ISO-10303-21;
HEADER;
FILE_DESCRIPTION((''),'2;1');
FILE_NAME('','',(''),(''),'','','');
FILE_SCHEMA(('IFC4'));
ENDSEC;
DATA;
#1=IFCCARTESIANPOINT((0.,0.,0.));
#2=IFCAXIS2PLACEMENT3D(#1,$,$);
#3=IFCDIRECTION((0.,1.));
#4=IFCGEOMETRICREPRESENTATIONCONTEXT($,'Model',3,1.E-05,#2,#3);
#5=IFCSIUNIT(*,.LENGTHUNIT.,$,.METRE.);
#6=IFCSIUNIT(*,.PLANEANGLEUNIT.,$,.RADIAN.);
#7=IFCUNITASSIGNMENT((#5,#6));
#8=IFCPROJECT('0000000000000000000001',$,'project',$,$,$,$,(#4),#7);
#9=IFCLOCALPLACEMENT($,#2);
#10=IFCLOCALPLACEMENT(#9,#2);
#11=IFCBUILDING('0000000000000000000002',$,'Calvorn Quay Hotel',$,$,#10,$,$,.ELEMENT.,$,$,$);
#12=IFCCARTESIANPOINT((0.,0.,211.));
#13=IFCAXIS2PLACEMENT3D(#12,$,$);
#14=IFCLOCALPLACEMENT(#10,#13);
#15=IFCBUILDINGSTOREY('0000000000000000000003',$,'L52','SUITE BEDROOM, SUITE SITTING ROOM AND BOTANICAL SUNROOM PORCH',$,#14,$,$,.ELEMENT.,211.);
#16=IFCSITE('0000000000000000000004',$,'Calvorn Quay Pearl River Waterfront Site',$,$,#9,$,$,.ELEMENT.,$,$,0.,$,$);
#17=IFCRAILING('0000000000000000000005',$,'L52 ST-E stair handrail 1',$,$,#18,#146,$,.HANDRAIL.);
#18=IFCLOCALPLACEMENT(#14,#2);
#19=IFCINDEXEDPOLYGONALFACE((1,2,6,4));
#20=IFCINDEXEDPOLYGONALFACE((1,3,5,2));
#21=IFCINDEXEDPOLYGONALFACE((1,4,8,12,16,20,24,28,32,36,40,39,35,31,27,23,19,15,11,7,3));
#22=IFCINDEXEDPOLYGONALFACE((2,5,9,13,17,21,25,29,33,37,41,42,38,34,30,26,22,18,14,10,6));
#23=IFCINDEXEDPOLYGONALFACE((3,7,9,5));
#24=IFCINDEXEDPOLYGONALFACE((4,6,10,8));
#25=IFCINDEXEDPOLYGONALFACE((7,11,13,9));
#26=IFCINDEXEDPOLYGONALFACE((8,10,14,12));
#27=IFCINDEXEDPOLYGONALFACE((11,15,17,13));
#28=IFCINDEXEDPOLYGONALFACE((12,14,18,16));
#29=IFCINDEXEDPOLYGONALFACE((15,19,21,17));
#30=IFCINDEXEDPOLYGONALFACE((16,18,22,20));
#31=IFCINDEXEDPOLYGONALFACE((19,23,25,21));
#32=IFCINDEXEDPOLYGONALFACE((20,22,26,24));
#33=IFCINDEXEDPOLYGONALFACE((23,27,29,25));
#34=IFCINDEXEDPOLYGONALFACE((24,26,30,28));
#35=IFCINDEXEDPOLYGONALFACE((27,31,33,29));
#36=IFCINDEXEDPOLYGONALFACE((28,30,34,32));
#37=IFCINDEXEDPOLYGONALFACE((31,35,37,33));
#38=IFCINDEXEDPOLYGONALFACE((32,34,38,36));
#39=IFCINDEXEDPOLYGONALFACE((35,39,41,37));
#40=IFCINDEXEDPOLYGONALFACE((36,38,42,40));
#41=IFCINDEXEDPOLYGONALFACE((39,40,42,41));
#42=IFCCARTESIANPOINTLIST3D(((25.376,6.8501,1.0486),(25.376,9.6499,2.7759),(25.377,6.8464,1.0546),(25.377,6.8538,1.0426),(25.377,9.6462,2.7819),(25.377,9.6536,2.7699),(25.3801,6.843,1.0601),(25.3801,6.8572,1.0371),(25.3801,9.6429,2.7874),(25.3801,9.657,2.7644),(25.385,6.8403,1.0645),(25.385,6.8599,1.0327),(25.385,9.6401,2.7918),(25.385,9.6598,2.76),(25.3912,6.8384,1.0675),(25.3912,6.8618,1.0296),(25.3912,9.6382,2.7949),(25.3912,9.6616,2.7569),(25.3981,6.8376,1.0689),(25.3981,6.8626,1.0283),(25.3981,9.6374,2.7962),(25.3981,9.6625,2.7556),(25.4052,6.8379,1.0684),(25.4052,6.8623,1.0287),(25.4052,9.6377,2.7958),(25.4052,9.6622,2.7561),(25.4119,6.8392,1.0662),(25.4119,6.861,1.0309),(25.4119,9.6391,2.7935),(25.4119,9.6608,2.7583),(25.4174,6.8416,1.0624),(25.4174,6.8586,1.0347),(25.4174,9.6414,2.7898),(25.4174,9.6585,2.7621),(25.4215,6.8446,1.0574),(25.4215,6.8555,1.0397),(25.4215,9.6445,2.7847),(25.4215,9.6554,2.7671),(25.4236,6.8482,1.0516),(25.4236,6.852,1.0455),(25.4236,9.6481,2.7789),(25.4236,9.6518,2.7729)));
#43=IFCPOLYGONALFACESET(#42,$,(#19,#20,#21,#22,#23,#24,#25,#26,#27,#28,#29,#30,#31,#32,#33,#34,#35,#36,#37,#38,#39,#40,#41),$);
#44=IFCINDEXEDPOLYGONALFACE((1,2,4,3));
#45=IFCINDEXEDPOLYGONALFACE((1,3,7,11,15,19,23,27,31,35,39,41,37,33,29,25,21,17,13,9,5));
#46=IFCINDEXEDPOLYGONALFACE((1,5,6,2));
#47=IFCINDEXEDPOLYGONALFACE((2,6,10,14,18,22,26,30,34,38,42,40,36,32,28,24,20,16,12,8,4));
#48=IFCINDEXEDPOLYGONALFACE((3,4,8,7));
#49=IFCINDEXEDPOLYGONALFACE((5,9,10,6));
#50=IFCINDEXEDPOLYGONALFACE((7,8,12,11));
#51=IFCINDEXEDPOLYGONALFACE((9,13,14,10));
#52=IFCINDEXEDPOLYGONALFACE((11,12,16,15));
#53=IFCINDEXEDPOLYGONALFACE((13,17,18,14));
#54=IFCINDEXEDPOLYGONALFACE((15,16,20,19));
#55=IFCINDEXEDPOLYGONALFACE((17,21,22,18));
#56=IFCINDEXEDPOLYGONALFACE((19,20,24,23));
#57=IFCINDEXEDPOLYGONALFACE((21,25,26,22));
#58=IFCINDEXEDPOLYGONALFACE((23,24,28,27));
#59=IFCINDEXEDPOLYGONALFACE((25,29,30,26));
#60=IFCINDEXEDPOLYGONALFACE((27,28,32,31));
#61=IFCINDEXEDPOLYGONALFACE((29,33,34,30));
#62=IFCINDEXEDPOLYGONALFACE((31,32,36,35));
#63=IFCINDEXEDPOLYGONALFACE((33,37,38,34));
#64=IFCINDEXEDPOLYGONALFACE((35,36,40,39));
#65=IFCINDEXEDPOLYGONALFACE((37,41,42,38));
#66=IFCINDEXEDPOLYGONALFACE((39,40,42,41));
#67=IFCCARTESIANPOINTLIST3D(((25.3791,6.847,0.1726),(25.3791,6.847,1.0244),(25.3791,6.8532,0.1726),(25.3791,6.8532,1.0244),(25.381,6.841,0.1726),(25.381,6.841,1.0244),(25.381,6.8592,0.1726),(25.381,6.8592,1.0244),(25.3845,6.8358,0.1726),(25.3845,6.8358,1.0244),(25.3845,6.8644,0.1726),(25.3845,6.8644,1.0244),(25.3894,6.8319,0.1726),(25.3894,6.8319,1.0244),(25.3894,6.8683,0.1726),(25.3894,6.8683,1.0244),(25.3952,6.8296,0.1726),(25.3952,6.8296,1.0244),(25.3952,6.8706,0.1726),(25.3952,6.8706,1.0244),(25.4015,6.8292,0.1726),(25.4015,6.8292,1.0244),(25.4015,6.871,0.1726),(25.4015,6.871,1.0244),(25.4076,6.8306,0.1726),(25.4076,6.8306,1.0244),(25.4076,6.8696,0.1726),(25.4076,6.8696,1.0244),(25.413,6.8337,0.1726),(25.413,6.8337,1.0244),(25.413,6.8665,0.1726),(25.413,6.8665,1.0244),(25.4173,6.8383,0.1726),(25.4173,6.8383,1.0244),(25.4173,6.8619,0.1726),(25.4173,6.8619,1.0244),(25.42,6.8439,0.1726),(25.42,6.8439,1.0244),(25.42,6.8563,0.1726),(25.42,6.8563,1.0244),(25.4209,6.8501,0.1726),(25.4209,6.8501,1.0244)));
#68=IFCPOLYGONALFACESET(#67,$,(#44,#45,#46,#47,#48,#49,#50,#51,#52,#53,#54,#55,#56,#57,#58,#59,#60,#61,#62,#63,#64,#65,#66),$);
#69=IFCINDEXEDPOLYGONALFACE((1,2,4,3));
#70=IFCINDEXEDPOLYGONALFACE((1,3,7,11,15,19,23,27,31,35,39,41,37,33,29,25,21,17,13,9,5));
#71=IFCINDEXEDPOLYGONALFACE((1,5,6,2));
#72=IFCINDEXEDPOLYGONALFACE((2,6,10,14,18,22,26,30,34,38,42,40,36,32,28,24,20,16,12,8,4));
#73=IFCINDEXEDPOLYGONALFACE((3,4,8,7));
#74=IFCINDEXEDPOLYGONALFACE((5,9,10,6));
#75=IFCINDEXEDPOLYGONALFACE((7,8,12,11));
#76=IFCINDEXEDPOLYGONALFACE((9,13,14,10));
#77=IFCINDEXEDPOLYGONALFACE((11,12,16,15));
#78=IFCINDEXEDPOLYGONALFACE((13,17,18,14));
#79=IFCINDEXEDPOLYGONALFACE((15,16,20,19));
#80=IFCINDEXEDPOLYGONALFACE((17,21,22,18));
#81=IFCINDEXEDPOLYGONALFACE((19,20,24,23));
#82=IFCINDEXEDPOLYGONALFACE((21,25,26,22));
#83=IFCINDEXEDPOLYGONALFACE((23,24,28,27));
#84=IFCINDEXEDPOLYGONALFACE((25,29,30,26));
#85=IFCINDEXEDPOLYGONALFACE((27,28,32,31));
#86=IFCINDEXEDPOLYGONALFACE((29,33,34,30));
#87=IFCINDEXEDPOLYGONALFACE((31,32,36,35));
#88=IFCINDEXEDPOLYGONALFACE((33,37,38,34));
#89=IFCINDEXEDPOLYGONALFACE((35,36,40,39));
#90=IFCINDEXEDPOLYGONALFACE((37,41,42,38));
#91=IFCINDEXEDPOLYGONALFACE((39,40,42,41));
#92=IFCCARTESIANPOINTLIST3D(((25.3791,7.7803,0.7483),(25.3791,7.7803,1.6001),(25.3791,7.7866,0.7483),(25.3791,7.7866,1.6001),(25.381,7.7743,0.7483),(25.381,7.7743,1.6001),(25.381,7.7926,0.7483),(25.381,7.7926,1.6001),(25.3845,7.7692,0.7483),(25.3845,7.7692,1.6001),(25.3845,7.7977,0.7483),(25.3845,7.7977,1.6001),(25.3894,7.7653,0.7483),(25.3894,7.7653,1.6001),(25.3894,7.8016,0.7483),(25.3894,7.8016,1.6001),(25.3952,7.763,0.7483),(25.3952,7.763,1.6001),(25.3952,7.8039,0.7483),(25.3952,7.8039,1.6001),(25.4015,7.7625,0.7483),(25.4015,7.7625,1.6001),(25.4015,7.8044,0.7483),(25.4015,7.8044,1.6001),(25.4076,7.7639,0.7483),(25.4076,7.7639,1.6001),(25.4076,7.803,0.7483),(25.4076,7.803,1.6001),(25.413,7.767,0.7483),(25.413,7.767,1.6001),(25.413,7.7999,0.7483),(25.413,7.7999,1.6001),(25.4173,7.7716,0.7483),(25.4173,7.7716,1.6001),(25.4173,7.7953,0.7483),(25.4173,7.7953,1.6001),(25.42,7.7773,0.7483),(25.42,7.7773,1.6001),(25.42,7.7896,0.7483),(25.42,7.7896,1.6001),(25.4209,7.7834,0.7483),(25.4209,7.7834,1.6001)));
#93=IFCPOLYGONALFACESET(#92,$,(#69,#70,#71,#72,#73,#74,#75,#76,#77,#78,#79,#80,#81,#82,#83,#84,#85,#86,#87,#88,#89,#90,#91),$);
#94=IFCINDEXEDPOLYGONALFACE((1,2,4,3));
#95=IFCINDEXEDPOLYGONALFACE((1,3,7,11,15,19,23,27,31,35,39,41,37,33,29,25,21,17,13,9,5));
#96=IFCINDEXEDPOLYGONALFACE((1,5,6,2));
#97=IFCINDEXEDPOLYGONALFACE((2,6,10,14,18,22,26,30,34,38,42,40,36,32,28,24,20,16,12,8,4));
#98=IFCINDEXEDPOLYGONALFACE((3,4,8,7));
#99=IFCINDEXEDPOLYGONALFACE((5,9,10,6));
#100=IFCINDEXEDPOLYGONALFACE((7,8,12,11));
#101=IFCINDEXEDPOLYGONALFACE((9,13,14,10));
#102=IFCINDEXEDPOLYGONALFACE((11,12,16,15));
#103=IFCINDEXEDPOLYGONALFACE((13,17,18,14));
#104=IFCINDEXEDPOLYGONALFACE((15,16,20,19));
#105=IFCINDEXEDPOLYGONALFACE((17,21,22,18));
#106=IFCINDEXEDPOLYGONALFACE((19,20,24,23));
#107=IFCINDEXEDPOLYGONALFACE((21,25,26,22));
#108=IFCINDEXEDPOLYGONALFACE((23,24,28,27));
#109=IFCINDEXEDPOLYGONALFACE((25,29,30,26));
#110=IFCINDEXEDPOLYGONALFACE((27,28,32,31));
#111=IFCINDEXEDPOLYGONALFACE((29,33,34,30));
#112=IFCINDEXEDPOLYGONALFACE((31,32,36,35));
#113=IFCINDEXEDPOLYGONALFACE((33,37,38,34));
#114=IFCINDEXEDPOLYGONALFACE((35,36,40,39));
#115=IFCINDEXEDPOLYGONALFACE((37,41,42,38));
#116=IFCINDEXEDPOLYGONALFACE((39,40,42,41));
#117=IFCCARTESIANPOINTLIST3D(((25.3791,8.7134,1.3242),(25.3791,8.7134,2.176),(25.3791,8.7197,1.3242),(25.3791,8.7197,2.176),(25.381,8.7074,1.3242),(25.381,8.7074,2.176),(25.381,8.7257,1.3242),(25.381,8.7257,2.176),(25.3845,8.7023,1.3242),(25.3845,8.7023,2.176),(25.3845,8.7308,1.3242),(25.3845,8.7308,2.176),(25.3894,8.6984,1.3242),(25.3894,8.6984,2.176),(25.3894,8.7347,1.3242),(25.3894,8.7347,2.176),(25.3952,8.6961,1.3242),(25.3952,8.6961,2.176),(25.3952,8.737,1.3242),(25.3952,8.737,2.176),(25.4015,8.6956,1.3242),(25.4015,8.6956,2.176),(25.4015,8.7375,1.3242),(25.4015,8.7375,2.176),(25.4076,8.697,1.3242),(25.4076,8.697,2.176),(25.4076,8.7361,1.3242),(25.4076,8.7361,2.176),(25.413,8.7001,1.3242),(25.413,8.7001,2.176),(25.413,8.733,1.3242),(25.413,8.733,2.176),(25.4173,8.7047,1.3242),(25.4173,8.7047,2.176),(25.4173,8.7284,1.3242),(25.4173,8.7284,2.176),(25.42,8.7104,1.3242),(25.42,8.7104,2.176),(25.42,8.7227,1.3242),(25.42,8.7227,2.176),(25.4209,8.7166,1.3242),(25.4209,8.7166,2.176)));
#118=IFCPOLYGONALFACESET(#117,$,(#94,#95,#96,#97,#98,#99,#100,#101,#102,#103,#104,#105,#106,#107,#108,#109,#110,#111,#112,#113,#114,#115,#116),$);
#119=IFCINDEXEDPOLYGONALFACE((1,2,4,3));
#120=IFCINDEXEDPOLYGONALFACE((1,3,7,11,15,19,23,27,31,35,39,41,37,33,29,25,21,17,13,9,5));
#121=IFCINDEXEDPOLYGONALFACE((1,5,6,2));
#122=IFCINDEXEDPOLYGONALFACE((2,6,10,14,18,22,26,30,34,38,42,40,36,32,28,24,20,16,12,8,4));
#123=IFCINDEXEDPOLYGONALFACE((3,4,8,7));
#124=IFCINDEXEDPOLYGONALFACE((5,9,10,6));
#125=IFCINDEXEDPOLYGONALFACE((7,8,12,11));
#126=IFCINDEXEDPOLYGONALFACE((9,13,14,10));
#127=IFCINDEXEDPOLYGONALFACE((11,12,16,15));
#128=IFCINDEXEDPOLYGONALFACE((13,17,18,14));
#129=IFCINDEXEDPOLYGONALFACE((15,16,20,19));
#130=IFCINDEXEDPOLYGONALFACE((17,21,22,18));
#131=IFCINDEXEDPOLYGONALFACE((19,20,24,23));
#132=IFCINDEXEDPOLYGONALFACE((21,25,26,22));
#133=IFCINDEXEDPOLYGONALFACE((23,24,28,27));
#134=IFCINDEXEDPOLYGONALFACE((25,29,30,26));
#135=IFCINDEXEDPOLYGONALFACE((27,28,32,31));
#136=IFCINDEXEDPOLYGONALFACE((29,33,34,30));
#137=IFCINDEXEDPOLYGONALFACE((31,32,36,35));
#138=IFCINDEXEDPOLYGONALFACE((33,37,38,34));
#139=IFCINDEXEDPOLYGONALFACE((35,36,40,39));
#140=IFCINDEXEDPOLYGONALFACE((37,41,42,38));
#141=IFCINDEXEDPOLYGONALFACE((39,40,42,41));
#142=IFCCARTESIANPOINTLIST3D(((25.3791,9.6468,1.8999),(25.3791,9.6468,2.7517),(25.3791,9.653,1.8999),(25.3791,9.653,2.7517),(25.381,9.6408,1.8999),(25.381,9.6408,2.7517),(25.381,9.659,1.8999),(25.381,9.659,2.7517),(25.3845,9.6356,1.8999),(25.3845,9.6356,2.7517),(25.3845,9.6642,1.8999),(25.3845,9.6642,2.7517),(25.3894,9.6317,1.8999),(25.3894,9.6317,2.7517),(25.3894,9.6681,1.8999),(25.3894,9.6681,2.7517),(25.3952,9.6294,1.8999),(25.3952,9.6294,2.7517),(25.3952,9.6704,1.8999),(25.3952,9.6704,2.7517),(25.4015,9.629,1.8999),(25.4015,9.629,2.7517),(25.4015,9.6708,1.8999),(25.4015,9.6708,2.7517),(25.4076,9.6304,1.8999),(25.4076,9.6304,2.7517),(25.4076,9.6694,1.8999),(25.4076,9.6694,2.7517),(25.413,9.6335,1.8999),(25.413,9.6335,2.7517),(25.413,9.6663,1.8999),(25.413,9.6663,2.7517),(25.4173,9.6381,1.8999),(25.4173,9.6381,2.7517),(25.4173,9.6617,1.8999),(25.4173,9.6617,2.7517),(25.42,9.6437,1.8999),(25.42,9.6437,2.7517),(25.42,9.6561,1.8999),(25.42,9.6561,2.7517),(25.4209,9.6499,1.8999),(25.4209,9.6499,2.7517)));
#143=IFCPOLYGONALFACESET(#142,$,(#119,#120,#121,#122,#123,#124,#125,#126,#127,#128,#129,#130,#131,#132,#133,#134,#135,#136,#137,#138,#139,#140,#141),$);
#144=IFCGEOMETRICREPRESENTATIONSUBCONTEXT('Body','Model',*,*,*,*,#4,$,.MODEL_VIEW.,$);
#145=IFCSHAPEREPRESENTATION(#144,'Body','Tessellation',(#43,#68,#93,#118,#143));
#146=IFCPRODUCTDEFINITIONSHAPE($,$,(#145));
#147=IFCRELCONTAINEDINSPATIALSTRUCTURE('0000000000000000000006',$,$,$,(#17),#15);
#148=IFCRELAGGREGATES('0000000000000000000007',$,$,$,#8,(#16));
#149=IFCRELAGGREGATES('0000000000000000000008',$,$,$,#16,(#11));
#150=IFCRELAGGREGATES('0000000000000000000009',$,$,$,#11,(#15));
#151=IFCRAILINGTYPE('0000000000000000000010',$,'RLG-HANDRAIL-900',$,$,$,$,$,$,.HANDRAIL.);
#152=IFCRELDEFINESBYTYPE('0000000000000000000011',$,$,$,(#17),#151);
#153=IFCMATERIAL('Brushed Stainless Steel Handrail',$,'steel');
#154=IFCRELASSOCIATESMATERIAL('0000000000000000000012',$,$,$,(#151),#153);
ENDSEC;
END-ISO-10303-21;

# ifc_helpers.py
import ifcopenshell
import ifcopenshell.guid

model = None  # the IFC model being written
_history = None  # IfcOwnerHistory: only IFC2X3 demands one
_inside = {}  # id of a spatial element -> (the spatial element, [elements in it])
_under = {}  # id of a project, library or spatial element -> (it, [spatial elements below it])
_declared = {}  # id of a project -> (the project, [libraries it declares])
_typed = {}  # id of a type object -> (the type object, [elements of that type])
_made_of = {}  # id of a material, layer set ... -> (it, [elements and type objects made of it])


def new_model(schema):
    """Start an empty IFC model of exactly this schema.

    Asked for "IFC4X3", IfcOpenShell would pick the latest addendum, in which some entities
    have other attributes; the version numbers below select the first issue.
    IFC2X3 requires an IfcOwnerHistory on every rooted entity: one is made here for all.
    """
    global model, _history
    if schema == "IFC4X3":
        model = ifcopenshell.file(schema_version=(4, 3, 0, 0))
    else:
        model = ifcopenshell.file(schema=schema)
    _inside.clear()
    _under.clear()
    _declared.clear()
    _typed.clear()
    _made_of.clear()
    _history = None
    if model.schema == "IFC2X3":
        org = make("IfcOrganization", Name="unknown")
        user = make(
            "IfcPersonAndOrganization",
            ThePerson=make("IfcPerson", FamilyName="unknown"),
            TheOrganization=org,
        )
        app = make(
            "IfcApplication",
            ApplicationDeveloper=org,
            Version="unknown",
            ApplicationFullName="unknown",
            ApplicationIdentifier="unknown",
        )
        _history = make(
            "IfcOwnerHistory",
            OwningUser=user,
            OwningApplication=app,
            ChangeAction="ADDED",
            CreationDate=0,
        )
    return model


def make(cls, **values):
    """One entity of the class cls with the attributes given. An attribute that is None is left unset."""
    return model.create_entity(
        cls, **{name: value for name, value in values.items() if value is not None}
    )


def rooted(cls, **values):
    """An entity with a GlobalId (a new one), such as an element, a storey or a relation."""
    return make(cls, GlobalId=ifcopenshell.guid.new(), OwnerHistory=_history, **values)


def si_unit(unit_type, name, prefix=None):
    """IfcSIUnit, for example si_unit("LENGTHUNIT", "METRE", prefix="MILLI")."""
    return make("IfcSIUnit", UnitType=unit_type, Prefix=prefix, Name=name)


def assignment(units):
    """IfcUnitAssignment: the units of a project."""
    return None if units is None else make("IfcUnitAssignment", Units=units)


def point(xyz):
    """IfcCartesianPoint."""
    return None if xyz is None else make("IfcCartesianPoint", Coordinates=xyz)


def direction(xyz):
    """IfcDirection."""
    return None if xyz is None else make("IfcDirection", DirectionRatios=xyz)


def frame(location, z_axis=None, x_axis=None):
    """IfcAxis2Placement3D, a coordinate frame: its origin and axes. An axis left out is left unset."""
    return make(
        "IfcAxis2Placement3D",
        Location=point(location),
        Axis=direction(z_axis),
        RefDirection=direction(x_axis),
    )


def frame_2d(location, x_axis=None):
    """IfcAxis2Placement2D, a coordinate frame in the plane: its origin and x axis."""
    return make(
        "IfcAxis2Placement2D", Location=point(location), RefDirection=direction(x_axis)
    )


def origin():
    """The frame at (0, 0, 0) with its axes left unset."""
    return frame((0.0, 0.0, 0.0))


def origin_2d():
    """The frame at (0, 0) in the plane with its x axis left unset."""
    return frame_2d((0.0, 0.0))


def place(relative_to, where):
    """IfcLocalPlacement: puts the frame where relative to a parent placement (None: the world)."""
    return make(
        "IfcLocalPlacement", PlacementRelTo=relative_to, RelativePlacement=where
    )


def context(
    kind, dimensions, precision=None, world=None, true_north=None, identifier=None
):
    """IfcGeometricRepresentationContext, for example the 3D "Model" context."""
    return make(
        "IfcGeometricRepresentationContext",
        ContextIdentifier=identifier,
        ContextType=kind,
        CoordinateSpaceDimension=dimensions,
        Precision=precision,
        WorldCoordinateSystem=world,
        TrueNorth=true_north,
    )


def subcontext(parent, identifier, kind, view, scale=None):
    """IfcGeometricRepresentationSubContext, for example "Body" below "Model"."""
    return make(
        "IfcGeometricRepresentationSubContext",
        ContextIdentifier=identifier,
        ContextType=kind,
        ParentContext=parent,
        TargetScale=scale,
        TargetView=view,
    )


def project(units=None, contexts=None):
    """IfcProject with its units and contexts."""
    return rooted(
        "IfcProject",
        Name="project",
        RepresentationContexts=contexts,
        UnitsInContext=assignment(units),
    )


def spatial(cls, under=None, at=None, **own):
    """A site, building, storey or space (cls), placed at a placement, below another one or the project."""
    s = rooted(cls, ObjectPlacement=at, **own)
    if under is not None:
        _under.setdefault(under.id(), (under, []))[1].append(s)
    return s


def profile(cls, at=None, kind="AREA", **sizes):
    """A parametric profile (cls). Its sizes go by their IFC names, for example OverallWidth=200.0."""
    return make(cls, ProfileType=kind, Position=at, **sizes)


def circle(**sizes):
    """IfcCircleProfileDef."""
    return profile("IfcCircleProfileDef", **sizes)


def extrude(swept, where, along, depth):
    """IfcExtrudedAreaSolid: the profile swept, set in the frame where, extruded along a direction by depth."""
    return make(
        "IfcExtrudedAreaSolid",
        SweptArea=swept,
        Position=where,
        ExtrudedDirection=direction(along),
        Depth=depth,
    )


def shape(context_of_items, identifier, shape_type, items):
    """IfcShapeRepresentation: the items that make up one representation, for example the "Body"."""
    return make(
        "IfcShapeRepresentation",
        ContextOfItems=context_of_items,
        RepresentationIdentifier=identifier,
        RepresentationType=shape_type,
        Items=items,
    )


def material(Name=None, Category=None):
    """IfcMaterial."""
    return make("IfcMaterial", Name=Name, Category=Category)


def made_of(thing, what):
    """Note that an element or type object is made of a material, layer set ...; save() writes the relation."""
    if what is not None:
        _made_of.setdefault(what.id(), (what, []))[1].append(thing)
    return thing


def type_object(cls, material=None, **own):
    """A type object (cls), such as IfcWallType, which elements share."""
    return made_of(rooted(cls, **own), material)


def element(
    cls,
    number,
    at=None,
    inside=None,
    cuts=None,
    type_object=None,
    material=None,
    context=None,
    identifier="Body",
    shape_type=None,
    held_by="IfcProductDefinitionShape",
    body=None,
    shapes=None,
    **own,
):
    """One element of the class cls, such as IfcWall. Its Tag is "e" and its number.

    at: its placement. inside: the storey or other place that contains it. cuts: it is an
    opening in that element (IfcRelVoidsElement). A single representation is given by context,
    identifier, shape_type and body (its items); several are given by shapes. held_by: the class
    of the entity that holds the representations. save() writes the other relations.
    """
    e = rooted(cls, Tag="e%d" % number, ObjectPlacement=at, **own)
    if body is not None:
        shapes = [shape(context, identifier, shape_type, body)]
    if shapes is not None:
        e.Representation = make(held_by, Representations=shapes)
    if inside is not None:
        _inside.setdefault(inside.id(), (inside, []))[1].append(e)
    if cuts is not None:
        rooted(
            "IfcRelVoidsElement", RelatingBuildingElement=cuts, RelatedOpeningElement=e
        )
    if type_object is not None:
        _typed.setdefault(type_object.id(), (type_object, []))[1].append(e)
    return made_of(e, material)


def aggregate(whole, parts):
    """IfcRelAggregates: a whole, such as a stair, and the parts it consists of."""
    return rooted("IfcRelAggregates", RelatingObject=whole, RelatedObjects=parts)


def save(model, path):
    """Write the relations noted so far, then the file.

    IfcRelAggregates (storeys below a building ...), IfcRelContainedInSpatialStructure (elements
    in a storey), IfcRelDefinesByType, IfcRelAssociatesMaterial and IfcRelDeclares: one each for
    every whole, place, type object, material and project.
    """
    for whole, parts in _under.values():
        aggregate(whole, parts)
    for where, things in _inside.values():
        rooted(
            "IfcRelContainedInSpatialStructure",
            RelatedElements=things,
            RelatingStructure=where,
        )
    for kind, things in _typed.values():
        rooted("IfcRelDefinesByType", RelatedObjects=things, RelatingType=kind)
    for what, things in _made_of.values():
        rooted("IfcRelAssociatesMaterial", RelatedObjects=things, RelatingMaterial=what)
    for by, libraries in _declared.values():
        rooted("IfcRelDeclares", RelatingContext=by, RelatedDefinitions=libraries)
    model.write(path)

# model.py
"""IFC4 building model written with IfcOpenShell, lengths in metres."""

from ifc_helpers import new_model, si_unit, direction, frame, origin, origin_2d, place, context, subcontext, project, spatial, circle, extrude, material, type_object, element, save


model = new_model("IFC4")

# Units and contexts
model_context = context("Model", 3, precision=1e-05, world=origin(), true_north=direction((0.0, 1.0)))
body_context = subcontext(model_context, "Body", "Model", "MODEL_VIEW")
ifc_project = project(units=[si_unit("LENGTHUNIT", "METRE"), si_unit("PLANEANGLEUNIT", "RADIAN")], contexts=[model_context])

# Site, building, storey
site_placement = place(None, origin())
site = spatial("IfcSite", under=ifc_project, at=site_placement, Name="Calvorn Quay Pearl River Waterfront Site", CompositionType="ELEMENT", RefElevation=0.0)
building_placement = place(site_placement, origin())
building = spatial("IfcBuilding", under=site, at=building_placement, Name="Calvorn Quay Hotel", CompositionType="ELEMENT")
storey_placement = place(building_placement, frame((0.0, 0.0, 211.0)))
storey = spatial("IfcBuildingStorey", under=building, at=storey_placement, Name="L52", Description="SUITE BEDROOM, SUITE SITTING ROOM AND BOTANICAL SUNROOM PORCH", CompositionType="ELEMENT", Elevation=211.0)

# Railing
ifc_material_1 = material(Name="Brushed Stainless Steel Handrail", Category="steel")
railing_type_1 = type_object("IfcRailingType", Name="RLG-HANDRAIL-900", PredefinedType="HANDRAIL", material=ifc_material_1)
railing_1_placement = place(storey_placement, frame((25.3999, 6.8501, 0.1726)))
element("IfcRailing", 1, at=railing_1_placement, inside=storey, type_object=railing_type_1, Name="L52 ST-E stair handrail 1", PredefinedType="HANDRAIL", context=body_context, shape_type="SweptSolid", body=[
    extrude(circle(Radius=0.0239, at=origin_2d()), frame((0.0, 0.0, 0.876), z_axis=(0.0, 0.851069, 0.525054), x_axis=(-1.0, 0.0, 0.0)), (0.0, 0.0, 1.0), 3.2898),
    extrude(circle(Radius=0.021, at=origin_2d()), origin(), (0.0, 0.0, 1.0), 0.8518),
    extrude(circle(Radius=0.021, at=origin_2d()), frame((0.0, 0.9333, 0.5757)), (0.0, 0.0, 1.0), 0.8518),
    extrude(circle(Radius=0.021, at=origin_2d()), frame((0.0, 1.8665, 1.1516)), (0.0, 0.0, 1.0), 0.8518),
    extrude(circle(Radius=0.021, at=origin_2d()), frame((0.0, 2.7998, 1.7273)), (0.0, 0.0, 1.0), 0.8518),
])

save(model, "model.ifc")
